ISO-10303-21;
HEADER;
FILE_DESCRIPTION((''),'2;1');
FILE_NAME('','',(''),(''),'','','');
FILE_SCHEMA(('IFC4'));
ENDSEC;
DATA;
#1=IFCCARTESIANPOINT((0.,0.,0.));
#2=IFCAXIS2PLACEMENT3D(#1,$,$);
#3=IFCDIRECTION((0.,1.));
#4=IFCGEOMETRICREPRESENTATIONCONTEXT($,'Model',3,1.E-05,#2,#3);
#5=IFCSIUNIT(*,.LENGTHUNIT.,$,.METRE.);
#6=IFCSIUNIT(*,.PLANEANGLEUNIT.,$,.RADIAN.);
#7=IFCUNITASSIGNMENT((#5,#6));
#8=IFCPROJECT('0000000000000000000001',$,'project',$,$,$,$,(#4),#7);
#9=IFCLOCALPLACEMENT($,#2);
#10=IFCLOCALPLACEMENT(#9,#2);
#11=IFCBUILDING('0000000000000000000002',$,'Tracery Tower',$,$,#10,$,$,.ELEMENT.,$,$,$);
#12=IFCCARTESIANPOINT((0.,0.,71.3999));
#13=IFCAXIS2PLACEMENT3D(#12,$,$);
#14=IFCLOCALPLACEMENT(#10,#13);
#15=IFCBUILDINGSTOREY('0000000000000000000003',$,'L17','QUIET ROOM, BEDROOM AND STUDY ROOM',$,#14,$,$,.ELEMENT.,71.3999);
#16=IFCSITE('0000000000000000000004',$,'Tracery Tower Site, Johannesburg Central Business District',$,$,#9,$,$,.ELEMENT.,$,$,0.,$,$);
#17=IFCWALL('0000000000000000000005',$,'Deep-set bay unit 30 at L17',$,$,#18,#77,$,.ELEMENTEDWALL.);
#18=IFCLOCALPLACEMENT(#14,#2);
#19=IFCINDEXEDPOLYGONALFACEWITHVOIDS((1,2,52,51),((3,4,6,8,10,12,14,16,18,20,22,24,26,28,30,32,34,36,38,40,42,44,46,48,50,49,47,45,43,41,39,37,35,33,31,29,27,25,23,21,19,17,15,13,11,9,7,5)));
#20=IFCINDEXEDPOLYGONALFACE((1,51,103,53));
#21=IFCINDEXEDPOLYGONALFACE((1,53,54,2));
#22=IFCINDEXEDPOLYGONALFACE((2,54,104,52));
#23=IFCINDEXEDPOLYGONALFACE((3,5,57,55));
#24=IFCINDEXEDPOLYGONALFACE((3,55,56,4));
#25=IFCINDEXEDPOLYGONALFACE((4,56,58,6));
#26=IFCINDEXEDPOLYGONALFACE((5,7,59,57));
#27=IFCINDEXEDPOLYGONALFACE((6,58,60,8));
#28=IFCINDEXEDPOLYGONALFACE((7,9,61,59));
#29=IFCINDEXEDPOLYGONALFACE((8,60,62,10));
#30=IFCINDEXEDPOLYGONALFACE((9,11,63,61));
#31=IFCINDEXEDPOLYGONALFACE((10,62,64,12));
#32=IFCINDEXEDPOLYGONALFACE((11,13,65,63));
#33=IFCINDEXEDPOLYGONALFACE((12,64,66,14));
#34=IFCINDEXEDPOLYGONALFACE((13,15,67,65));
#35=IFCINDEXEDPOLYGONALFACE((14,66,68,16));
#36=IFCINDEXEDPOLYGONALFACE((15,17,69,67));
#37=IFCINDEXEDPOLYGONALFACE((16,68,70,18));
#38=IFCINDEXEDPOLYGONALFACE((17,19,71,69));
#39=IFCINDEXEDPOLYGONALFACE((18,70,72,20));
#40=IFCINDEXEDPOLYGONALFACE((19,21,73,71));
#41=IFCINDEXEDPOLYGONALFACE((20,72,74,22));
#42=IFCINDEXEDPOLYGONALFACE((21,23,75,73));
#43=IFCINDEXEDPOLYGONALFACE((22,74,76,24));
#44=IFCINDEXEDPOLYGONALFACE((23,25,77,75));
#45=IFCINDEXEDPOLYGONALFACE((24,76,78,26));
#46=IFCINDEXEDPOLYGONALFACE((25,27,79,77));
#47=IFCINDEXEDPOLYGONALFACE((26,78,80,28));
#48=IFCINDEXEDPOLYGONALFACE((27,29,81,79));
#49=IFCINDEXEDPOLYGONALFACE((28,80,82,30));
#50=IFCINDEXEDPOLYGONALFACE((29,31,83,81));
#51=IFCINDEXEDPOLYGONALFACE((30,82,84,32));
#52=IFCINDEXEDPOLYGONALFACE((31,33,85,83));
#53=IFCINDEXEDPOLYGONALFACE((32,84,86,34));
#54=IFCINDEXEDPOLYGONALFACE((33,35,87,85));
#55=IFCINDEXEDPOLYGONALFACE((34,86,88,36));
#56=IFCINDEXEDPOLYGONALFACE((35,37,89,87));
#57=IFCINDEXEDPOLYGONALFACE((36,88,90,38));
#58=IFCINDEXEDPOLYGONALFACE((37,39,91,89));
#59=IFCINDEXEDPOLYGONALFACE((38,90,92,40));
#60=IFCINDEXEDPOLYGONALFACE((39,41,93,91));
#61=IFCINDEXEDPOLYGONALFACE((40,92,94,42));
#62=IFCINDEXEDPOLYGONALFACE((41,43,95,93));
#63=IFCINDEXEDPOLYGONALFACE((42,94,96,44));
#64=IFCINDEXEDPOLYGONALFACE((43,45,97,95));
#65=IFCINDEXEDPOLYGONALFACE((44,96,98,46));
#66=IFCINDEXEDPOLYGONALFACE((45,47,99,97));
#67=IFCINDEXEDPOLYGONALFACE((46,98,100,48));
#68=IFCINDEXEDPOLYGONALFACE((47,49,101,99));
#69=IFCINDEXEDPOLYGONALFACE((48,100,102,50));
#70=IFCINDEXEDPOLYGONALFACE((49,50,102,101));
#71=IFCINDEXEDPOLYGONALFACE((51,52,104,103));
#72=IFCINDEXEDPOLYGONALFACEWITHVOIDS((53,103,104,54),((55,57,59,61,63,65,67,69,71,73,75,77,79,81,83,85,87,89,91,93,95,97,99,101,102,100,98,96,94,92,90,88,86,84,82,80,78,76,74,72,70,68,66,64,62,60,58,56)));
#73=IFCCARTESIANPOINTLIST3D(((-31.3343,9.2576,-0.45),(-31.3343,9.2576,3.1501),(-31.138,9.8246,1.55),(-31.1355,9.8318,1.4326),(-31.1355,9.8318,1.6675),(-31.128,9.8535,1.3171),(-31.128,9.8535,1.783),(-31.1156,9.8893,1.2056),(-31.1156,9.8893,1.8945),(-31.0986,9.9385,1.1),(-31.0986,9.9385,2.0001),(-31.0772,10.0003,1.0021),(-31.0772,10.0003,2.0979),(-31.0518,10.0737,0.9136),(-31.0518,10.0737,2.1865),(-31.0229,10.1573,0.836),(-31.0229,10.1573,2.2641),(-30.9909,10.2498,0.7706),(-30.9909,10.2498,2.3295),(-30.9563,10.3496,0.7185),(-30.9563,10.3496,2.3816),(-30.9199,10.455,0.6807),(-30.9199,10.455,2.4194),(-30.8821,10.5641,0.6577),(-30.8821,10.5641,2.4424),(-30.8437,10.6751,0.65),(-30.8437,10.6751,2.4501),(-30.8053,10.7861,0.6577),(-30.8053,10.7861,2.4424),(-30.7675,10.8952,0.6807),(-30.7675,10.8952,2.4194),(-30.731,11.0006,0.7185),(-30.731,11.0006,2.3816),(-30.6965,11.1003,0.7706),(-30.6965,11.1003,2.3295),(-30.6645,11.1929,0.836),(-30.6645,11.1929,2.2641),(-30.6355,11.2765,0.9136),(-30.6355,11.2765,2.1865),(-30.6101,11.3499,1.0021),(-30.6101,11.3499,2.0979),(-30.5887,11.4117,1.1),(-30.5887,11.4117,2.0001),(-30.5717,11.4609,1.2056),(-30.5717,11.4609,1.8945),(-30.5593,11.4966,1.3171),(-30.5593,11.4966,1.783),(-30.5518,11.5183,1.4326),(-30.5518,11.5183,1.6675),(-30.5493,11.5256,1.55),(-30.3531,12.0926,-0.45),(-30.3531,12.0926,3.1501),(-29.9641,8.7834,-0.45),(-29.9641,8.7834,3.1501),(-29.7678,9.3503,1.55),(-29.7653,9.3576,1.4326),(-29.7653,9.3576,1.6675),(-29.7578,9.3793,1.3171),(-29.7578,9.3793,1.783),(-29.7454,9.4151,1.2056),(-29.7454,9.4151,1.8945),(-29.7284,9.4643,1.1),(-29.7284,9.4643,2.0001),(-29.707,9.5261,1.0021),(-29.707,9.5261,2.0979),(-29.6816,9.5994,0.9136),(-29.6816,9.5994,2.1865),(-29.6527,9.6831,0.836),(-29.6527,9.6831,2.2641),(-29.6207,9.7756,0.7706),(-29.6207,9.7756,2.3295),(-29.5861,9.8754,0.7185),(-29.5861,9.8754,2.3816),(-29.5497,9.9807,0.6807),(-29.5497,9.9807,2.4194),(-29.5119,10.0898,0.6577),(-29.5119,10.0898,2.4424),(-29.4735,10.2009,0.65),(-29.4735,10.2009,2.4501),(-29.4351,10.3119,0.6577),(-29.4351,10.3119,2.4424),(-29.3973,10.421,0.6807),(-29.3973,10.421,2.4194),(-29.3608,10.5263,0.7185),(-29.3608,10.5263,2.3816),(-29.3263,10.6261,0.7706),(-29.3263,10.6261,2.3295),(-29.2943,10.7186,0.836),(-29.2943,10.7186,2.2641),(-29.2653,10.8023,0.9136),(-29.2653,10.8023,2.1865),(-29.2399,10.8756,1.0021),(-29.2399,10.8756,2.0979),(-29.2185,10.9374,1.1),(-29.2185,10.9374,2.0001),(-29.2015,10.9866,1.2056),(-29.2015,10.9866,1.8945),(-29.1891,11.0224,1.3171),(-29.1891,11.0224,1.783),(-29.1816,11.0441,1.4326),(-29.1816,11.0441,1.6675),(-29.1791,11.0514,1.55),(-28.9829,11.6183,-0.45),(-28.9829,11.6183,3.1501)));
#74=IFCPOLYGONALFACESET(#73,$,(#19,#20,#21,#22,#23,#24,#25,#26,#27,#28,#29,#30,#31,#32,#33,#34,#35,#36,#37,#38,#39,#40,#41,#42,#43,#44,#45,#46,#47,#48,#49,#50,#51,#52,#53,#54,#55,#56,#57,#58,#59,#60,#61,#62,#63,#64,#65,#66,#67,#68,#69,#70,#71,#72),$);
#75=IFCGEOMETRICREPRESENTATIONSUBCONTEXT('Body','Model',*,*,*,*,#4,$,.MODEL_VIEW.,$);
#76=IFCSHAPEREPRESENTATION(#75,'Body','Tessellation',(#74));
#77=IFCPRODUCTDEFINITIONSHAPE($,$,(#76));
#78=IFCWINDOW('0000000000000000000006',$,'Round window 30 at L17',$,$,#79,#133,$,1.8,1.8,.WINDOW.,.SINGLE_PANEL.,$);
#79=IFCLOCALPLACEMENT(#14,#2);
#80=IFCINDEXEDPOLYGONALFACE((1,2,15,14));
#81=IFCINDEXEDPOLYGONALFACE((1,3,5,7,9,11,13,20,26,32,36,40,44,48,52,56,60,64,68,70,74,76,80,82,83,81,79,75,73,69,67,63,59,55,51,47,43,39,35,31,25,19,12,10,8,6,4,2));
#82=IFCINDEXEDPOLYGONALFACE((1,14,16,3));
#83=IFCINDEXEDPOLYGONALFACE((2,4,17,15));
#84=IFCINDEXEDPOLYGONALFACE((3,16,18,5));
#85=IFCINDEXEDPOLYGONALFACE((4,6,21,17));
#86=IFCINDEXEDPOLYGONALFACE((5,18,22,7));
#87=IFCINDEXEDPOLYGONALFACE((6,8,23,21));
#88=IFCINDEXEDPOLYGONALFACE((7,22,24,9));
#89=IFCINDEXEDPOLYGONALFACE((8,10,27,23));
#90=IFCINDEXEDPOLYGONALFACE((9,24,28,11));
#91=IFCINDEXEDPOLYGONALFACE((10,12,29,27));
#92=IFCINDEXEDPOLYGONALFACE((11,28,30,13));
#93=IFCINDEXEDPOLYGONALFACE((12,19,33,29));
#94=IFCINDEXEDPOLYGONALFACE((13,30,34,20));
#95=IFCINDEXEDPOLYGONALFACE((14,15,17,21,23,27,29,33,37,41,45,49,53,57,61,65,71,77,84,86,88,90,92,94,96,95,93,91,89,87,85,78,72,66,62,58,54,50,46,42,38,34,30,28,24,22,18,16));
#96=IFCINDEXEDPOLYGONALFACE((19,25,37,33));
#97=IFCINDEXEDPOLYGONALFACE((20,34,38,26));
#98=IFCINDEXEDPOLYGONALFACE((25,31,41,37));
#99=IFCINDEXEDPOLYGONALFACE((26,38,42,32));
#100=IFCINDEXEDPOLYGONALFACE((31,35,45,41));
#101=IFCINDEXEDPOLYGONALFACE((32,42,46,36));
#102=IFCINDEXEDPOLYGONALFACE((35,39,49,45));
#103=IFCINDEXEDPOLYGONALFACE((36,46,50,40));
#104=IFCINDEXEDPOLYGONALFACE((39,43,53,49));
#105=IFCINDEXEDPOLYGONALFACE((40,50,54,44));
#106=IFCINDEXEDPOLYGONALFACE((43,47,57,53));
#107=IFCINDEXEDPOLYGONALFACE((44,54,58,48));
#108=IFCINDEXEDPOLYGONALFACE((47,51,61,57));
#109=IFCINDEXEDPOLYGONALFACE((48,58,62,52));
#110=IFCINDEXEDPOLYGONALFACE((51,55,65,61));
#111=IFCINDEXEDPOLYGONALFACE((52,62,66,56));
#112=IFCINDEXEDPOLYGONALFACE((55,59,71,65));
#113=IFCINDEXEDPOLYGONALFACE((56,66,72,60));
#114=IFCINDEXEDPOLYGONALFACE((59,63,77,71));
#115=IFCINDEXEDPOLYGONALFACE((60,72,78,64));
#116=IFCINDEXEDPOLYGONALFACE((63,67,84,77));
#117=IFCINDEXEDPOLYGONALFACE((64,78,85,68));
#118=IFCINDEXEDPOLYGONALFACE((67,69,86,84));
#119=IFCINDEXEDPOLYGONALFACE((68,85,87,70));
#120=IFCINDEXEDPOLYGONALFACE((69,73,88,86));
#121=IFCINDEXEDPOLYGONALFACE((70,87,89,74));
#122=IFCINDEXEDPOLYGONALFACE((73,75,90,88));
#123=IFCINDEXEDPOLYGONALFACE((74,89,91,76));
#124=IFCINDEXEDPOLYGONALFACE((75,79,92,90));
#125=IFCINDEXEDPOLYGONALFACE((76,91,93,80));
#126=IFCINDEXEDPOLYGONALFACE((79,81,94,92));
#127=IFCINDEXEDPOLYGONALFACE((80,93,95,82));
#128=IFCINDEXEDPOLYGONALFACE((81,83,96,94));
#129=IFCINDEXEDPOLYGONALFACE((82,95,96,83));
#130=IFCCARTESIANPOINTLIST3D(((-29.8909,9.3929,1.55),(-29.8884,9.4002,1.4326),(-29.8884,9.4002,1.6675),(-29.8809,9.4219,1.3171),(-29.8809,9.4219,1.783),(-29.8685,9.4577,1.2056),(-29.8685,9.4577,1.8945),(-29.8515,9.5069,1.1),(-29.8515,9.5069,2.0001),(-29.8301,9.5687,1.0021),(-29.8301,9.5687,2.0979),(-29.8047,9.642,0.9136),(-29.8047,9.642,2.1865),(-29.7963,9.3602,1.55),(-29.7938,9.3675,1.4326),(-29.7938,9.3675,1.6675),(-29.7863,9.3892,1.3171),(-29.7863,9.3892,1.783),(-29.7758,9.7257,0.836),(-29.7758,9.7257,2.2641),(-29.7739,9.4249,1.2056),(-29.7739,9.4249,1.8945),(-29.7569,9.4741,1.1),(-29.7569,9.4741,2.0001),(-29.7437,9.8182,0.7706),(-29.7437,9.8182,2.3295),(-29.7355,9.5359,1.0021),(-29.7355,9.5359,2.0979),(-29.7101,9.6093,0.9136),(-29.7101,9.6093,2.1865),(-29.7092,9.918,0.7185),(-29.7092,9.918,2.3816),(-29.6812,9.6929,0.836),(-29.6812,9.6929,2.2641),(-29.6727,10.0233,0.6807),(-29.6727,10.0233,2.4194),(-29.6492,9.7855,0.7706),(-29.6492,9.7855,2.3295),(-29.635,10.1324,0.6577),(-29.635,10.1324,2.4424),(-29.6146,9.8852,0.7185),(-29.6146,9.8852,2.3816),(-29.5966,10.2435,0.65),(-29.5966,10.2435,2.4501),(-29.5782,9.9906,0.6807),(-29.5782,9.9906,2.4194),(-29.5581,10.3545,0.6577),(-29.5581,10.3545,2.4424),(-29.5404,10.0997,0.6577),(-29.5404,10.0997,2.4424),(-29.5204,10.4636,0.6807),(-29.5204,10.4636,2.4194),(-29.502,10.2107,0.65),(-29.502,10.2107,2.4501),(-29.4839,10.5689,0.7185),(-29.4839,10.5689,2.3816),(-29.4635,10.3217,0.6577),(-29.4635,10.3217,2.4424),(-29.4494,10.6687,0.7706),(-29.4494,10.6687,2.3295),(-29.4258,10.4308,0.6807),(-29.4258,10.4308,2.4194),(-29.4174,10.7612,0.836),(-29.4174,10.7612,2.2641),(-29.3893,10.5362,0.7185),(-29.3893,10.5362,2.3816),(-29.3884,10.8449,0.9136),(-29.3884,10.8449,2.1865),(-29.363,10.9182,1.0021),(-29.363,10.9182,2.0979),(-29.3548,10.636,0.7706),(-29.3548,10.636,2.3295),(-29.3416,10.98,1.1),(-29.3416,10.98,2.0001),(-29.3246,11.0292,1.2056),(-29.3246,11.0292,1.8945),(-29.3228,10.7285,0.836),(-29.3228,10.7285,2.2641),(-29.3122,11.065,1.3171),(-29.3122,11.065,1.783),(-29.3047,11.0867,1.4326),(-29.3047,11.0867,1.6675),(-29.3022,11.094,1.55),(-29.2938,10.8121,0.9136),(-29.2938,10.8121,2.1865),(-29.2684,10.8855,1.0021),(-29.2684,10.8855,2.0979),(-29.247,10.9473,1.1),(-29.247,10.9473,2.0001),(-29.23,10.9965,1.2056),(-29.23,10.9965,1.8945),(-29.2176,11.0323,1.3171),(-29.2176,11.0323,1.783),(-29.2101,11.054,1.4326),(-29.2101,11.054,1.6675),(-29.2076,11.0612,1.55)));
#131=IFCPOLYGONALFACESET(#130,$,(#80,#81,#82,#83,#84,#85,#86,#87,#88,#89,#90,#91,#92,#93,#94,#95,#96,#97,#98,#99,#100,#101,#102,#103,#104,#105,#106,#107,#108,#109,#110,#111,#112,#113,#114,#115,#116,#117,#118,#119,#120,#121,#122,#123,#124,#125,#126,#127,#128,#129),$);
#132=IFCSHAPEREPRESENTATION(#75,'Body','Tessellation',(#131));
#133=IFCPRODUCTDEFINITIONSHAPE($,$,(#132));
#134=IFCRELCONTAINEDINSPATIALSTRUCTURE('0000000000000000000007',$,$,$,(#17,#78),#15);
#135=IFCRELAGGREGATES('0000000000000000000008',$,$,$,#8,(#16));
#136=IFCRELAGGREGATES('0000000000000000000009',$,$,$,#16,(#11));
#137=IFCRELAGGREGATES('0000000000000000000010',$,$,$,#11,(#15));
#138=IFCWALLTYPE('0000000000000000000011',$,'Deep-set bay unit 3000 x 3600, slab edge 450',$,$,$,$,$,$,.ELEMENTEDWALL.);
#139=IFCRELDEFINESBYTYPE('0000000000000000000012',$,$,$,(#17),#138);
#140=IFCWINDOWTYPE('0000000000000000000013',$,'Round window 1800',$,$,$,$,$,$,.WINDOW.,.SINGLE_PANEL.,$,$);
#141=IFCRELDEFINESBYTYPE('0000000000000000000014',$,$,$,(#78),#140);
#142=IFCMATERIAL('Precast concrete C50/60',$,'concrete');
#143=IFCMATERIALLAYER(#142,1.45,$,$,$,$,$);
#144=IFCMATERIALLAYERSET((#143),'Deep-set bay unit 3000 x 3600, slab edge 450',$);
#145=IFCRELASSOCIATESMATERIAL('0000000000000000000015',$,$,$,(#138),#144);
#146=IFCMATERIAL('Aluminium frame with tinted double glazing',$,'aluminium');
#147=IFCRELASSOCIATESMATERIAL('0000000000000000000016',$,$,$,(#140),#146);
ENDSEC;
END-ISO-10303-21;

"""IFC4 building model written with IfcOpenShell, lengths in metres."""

from ifc_helpers import new_model, si_unit, direction, frame, frame_2d, origin, origin_2d, place, context, subcontext, project, spatial, rectangle, circle, extrude, material, layer, layer_set, type_object, element, fill, save


model = new_model("IFC4")

# Units and contexts
model_context = context("Model", 3, precision=1e-05, world=origin(), true_north=direction((0.0, 1.0)))
body_context = subcontext(model_context, "Body", "Model", "MODEL_VIEW")
ifc_project = project(units=[si_unit("LENGTHUNIT", "METRE"), si_unit("PLANEANGLEUNIT", "RADIAN")], contexts=[model_context])

# Site, building, storey
site_placement = place(None, origin())
site = spatial("IfcSite", under=ifc_project, at=site_placement, Name="Tracery Tower Site, Johannesburg Central Business District", CompositionType="ELEMENT", RefElevation=0.0)
building_placement = place(site_placement, origin())
building = spatial("IfcBuilding", under=site, at=building_placement, Name="Tracery Tower", CompositionType="ELEMENT")
storey_placement = place(building_placement, frame((0.0, 0.0, 71.3999)))
storey = spatial("IfcBuildingStorey", under=building, at=storey_placement, Name="L17", Description="QUIET ROOM, BEDROOM AND STUDY ROOM", CompositionType="ELEMENT", Elevation=71.3999)

# Wall, opening, window
ifc_material_1 = material(Name="Precast concrete C50/60", Category="concrete")
ifc_layer_1 = layer(ifc_material_1, 1.45)
ifc_layer_set_1 = layer_set([ifc_layer_1], Name="Deep-set bay unit 3000 x 3600, slab edge 450")
wall_type_1 = type_object("IfcWallType", Name="Deep-set bay unit 3000 x 3600, slab edge 450", PredefinedType="ELEMENTEDWALL", material=ifc_layer_set_1)
wall_1_placement = place(storey_placement, frame((-29.668, 11.8555, -0.45), z_axis=(0.0, 0.0, 1.0), x_axis=(-0.327071, -0.945, 0.0)))
wall_1 = element("IfcWall", 1, at=wall_1_placement, inside=storey, type_object=wall_type_1, Name="Deep-set bay unit 30 at L17", PredefinedType="ELEMENTEDWALL", context=body_context, shape_type="SweptSolid", body=[
    extrude(rectangle(XDim=3.0, YDim=1.45, at=frame_2d((1.5, 0.0))), origin(), (0.0, 0.0, 1.0), 3.6001),
])
opening_1_placement = place(wall_1_placement, frame((1.5, 0.0, 2.0)))
opening_1 = element("IfcOpeningElement", 2, at=opening_1_placement, cuts=wall_1, PredefinedType="OPENING", context=body_context, shape_type="SweptSolid", body=[
    extrude(circle(Radius=0.9, at=origin_2d()), frame((0.0, 0.7349, 0.0), z_axis=(0.0, -1.0, 0.0), x_axis=(1.0, 0.0, 0.0)), (0.0, 0.0, 1.0), 1.47),
])
ifc_material_2 = material(Name="Aluminium frame with tinted double glazing", Category="aluminium")
window_type = type_object("IfcWindowType", Name="Round window 1800", PartitioningType="SINGLE_PANEL", PredefinedType="WINDOW", material=ifc_material_2)
window_1_placement = place(opening_1_placement, origin())
window_1 = element("IfcWindow", 3, at=window_1_placement, inside=storey, type_object=window_type, Name="Round window 30 at L17", OverallHeight=1.8, OverallWidth=1.8, PartitioningType="SINGLE_PANEL", PredefinedType="WINDOW", context=body_context, shape_type="SweptSolid", body=[
    extrude(circle(Radius=0.9, at=origin_2d()), frame((0.0, 0.6948, 0.0), z_axis=(0.0, -1.0, 0.0), x_axis=(1.0, 0.0, 0.0)), (0.0, 0.0, 1.0), 0.1001),
])
fill(opening_1, window_1)

save(model, "model.ifc")
